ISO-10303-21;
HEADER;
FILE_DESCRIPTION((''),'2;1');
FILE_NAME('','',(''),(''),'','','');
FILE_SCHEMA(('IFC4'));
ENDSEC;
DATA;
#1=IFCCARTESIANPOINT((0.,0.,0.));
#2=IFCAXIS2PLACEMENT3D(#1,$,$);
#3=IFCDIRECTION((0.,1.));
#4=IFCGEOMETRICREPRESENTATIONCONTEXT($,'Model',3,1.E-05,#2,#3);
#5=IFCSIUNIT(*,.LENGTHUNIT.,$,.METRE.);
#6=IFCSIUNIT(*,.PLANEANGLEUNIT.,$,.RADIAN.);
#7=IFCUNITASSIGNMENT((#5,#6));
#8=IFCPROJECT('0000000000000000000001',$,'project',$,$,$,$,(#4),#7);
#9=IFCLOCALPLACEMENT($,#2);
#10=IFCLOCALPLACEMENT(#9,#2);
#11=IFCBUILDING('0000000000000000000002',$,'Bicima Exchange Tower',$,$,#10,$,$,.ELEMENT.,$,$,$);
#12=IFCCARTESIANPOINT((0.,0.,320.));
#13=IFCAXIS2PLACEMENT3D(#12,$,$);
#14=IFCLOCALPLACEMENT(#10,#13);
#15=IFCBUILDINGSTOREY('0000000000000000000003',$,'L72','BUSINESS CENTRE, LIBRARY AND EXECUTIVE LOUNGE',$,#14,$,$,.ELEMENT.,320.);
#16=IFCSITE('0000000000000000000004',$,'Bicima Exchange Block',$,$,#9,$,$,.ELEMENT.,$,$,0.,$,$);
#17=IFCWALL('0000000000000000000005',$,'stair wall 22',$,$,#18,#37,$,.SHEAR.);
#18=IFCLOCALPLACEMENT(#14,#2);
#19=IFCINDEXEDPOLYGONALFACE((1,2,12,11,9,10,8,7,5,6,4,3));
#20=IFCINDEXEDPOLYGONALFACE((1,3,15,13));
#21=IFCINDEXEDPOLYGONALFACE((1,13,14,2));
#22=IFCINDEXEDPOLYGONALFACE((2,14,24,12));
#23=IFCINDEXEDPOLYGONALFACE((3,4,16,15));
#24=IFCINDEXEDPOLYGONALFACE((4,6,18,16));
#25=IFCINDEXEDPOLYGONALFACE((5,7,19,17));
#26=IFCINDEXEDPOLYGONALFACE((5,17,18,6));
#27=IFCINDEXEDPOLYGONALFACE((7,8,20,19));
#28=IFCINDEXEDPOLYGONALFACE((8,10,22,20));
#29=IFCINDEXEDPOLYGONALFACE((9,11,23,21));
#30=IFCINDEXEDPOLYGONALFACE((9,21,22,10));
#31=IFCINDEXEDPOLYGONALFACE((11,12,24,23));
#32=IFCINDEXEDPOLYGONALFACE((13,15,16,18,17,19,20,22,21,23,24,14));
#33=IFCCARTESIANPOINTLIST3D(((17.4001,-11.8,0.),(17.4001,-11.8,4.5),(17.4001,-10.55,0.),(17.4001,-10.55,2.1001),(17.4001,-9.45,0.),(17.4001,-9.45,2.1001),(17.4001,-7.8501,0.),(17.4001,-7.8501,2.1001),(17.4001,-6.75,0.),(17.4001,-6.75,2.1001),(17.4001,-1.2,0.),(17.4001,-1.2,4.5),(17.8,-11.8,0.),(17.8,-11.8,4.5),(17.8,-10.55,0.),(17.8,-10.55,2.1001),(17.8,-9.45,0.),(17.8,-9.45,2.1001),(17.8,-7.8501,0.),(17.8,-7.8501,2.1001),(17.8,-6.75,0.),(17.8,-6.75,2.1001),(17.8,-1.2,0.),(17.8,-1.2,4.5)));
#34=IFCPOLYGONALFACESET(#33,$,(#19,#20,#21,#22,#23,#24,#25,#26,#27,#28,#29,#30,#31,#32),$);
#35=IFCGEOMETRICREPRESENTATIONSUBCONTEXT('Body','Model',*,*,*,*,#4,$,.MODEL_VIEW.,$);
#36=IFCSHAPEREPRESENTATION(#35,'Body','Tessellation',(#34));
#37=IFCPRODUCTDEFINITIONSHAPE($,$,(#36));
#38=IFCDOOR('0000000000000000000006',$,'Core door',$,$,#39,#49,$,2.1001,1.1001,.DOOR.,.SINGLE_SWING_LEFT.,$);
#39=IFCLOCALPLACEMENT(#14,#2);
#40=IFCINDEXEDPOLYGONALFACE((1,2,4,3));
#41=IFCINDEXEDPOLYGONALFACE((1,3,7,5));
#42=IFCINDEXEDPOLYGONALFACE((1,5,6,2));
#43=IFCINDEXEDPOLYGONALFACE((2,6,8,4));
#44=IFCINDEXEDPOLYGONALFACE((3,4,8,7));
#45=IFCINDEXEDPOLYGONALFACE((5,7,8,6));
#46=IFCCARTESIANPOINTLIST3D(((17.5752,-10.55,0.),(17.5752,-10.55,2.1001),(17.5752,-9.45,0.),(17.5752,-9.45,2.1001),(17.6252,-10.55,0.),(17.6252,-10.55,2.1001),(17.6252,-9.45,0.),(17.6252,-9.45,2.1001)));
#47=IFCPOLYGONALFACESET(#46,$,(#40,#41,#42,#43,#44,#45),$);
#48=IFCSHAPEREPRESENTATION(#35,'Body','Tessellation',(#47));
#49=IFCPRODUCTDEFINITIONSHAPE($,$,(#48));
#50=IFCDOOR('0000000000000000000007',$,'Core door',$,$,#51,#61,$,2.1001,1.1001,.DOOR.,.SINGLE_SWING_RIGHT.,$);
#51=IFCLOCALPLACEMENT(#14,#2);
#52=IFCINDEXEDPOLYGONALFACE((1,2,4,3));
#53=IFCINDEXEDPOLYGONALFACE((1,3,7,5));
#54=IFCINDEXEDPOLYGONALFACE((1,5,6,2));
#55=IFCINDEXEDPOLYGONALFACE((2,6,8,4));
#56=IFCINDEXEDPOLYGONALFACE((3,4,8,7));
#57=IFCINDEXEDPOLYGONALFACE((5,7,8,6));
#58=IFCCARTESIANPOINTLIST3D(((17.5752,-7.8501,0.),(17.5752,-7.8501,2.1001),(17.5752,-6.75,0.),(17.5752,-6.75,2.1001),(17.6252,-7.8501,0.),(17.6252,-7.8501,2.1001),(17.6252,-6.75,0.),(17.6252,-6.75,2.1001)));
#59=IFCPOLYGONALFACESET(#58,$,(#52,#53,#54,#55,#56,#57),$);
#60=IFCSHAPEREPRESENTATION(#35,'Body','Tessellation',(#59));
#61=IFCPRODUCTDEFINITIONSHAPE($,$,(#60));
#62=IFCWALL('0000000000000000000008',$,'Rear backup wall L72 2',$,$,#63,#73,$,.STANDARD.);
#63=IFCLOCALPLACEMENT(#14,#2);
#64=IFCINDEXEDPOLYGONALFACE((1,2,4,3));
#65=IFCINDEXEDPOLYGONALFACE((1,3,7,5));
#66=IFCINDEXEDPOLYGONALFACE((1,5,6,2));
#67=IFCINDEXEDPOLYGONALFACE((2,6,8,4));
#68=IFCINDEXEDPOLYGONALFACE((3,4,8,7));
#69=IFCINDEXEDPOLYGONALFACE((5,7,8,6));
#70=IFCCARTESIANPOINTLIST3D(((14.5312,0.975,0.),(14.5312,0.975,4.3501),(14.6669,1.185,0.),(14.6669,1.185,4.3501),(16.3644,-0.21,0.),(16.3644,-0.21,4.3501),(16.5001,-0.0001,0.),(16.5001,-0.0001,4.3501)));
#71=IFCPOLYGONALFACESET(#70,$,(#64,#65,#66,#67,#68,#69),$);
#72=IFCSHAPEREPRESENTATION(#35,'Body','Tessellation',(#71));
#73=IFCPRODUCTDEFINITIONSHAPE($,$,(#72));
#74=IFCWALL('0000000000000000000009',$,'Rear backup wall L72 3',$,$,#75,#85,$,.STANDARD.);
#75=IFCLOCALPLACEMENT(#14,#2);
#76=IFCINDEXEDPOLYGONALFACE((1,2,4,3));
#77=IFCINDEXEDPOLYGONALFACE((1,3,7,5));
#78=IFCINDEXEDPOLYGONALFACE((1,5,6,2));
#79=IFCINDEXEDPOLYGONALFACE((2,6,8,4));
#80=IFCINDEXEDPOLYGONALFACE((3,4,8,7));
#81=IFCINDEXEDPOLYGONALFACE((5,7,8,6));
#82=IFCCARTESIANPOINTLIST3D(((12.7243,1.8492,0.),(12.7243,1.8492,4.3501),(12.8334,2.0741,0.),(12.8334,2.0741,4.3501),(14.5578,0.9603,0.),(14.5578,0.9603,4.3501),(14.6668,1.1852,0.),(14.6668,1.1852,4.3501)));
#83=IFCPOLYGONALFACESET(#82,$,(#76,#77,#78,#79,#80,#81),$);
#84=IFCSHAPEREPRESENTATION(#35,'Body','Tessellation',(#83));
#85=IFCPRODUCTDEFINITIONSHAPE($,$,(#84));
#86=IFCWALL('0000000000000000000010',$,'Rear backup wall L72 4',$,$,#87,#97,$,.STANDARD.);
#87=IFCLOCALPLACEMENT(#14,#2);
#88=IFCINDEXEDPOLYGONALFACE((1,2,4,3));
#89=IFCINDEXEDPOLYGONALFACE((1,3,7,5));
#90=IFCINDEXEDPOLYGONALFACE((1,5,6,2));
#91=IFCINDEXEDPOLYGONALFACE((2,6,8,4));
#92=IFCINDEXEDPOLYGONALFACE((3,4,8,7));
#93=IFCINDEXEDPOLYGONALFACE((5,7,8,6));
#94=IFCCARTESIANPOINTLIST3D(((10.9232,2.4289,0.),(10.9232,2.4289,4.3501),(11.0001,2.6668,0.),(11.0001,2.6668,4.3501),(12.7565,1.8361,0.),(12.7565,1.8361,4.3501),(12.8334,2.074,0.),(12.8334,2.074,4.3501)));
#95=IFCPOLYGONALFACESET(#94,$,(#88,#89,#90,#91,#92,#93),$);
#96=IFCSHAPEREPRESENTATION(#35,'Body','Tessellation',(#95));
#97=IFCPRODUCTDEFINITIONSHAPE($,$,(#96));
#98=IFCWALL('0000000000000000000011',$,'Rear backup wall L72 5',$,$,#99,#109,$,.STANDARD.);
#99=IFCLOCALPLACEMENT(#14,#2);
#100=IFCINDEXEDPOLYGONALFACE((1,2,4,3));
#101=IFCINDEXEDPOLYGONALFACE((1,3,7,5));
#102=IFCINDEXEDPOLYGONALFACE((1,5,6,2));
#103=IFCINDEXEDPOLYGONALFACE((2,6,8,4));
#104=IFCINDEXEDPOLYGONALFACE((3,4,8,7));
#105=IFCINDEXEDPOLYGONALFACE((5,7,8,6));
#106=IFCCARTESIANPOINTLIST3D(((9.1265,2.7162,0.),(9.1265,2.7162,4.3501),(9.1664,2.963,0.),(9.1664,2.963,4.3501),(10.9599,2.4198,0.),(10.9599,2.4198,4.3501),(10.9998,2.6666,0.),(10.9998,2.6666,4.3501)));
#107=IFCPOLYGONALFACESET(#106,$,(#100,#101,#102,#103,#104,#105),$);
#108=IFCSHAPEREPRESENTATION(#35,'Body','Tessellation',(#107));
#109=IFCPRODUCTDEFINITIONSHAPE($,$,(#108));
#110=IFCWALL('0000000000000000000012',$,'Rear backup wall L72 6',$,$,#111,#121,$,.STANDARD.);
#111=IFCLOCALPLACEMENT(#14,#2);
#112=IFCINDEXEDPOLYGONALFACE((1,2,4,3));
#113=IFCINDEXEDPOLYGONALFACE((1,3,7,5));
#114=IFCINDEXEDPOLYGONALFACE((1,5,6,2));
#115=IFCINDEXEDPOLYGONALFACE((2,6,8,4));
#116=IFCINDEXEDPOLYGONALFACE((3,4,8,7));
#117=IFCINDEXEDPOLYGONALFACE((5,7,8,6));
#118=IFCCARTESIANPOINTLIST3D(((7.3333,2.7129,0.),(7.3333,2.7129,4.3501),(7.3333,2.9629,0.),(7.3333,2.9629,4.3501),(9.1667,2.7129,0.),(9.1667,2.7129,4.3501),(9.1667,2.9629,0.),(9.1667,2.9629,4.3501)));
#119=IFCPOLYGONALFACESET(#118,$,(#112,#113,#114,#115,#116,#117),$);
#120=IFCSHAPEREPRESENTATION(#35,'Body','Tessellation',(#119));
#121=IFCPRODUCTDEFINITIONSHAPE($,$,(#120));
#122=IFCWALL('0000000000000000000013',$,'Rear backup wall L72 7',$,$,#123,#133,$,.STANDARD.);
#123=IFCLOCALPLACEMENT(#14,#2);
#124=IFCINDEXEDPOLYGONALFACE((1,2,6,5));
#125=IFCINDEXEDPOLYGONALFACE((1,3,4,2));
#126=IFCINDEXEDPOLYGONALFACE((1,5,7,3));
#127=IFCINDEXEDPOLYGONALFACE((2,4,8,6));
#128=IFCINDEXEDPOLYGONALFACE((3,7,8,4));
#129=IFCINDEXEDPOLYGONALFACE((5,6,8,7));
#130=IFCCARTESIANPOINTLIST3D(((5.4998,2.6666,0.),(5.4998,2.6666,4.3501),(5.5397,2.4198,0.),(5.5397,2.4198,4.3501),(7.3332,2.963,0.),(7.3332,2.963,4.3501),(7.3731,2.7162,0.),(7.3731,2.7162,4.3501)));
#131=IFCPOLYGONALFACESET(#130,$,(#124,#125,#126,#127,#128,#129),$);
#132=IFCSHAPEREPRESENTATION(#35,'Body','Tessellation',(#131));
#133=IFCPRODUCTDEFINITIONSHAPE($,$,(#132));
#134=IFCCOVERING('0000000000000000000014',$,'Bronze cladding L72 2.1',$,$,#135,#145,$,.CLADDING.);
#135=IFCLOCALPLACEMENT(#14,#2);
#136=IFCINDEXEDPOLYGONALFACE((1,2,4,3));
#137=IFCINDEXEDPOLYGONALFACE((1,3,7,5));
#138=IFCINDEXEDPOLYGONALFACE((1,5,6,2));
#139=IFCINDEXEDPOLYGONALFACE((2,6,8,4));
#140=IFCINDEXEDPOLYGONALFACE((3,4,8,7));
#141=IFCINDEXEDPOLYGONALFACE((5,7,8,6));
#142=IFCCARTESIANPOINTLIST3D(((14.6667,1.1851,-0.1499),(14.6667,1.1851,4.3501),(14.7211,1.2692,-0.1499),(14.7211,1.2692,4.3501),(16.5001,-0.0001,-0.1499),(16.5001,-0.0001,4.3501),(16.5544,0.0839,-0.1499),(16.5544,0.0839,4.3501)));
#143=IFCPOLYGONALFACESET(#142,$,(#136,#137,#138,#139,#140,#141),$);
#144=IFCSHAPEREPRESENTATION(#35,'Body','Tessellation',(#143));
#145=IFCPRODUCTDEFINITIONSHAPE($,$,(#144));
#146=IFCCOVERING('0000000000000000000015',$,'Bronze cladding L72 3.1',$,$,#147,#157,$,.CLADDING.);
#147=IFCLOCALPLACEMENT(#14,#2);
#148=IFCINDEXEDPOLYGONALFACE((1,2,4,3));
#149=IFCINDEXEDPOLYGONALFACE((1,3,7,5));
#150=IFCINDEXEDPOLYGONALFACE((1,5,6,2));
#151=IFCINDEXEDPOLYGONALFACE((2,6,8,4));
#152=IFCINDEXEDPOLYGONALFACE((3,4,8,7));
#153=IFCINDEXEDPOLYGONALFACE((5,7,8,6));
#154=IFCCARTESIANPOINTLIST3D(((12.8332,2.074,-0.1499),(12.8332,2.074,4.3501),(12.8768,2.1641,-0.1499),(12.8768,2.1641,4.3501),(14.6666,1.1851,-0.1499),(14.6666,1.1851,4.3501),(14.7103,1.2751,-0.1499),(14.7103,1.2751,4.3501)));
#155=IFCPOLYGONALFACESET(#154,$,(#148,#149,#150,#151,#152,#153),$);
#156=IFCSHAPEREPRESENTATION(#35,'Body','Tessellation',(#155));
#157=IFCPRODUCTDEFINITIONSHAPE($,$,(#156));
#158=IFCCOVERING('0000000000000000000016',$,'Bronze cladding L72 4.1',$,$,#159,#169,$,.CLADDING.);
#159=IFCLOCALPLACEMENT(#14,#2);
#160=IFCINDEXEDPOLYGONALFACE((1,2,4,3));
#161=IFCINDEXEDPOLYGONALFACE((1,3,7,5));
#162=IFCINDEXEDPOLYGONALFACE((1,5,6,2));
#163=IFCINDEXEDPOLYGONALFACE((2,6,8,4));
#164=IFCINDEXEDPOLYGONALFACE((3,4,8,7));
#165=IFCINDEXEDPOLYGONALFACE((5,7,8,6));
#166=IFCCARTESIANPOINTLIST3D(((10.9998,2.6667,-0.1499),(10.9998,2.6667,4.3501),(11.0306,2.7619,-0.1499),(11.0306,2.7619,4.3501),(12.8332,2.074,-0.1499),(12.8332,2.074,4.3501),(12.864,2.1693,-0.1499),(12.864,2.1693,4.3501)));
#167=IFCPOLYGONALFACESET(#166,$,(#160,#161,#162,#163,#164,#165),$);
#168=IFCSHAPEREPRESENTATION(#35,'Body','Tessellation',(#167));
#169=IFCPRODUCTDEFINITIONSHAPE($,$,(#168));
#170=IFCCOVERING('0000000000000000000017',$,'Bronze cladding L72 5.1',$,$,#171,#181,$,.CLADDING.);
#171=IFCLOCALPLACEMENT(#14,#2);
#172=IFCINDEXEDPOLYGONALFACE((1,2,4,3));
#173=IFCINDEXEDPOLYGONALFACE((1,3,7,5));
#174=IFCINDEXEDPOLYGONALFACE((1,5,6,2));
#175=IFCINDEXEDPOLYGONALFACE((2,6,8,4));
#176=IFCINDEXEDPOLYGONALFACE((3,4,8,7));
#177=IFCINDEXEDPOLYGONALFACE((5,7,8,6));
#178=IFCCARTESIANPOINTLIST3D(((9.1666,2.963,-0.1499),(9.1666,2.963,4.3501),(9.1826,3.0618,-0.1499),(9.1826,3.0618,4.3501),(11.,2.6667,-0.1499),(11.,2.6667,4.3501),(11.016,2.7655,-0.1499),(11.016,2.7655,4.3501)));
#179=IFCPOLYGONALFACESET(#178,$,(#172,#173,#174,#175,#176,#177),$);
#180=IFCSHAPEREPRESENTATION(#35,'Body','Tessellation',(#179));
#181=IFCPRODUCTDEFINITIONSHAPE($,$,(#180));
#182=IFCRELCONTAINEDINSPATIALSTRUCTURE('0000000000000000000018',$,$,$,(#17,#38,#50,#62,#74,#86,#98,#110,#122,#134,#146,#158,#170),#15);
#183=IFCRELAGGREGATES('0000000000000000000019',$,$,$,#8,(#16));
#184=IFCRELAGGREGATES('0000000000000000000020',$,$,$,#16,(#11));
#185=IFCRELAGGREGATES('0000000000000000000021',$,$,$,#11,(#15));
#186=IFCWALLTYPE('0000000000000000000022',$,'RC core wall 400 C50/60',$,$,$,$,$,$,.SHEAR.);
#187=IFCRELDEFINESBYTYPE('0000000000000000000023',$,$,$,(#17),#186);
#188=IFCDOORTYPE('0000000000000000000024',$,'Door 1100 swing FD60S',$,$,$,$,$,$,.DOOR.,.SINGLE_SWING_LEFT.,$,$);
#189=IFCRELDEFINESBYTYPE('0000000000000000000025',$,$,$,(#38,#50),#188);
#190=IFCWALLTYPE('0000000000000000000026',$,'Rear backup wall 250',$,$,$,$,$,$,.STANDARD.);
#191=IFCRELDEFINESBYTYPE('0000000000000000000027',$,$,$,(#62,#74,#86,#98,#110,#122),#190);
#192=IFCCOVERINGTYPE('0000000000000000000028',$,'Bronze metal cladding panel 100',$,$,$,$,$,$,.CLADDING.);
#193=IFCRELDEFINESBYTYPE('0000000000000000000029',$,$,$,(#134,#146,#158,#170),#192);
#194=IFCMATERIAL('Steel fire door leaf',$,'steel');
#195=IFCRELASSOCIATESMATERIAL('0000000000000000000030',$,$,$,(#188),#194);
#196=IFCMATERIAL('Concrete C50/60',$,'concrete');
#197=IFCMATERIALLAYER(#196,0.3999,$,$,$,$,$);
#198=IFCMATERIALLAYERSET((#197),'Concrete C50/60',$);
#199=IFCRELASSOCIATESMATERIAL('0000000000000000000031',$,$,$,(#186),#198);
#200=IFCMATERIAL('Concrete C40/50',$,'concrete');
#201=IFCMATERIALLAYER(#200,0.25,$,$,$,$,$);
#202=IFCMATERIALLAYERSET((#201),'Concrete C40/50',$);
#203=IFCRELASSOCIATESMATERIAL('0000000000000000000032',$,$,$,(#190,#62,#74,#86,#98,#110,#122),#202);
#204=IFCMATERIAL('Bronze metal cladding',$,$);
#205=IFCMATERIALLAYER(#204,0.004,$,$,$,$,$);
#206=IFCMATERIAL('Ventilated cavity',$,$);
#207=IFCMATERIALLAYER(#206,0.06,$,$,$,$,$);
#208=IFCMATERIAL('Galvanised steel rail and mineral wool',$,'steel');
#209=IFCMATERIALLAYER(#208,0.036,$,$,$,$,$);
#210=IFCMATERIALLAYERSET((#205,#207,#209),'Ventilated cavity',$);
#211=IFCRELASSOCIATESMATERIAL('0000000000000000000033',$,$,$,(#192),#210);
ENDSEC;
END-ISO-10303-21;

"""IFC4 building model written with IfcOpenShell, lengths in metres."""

from ifc_helpers import new_model, si_unit, direction, frame, frame_2d, origin, origin_2d, place, context, subcontext, project, spatial, rectangle, extrude, material, layer, layer_set, layer_usage, type_object, element, fill, save


model = new_model("IFC4")

# Units and contexts
model_context = context("Model", 3, precision=1e-05, world=origin(), true_north=direction((0.0, 1.0)))
body_context = subcontext(model_context, "Body", "Model", "MODEL_VIEW")
ifc_project = project(units=[si_unit("LENGTHUNIT", "METRE"), si_unit("PLANEANGLEUNIT", "RADIAN")], contexts=[model_context])

# Site, building, storey
site_placement = place(None, origin())
site = spatial("IfcSite", under=ifc_project, at=site_placement, Name="Bicima Exchange Block", CompositionType="ELEMENT", RefElevation=0.0)
building_placement = place(site_placement, origin())
building = spatial("IfcBuilding", under=site, at=building_placement, Name="Bicima Exchange Tower", CompositionType="ELEMENT")
storey_placement = place(building_placement, frame((0.0, 0.0, 320.0)))
storey = spatial("IfcBuildingStorey", under=building, at=storey_placement, Name="L72", Description="BUSINESS CENTRE, LIBRARY AND EXECUTIVE LOUNGE", CompositionType="ELEMENT", Elevation=320.0)

# Shared definitions
ifc_material_1 = material(Name="Concrete C40/50", Category="concrete")
ifc_material_2 = material(Name="Steel fire door leaf", Category="steel")
door_type_1 = type_object("IfcDoorType", Name="Door 1100 swing FD60S", OperationType="SINGLE_SWING_LEFT", PredefinedType="DOOR", material=ifc_material_2)
ifc_material_3 = material(Name="Concrete C50/60", Category="concrete")
ifc_layer_1 = layer(ifc_material_3, 0.3999)
ifc_layer_set_1 = layer_set([ifc_layer_1], Name="Concrete C50/60")
wall_type_1 = type_object("IfcWallType", Name="RC core wall 400 C50/60", PredefinedType="SHEAR", material=ifc_layer_set_1)

# Wall, openings, doors
wall_1_placement = place(storey_placement, frame((17.6001, -11.8, 0.0), z_axis=(0.0, 0.0, 1.0), x_axis=(0.0, 1.0, 0.0)))
wall_1 = element("IfcWall", 1, at=wall_1_placement, inside=storey, type_object=wall_type_1, Name="stair wall 22", PredefinedType="SHEAR", context=body_context, shape_type="SweptSolid", body=[
    extrude(rectangle(XDim=10.6001, YDim=0.3999, at=frame_2d((5.3, 0.0))), origin(), (0.0, 0.0, 1.0), 4.5),
])
opening_1_placement = place(wall_1_placement, frame((1.25, 0.0, 0.0)))
opening_1 = element("IfcOpeningElement", 2, at=opening_1_placement, cuts=wall_1, PredefinedType="OPENING", context=body_context, shape_type="SweptSolid", body=[
    extrude(rectangle(XDim=1.1001, YDim=2.1001, at=frame_2d((0.55, 1.05))), frame((0.0, 0.2119, 0.0), z_axis=(0.0, -1.0, 0.0), x_axis=(1.0, 0.0, 0.0)), (0.0, 0.0, 1.0), 0.4238),
])
opening_2_placement = place(wall_1_placement, frame((3.95, 0.0, 0.0)))
opening_2 = element("IfcOpeningElement", 3, at=opening_2_placement, cuts=wall_1, PredefinedType="OPENING", context=body_context, shape_type="SweptSolid", body=[
    extrude(rectangle(XDim=1.1001, YDim=2.1001, at=frame_2d((0.55, 1.05))), frame((0.0, 0.2119, 0.0), z_axis=(0.0, -1.0, 0.0), x_axis=(1.0, 0.0, 0.0)), (0.0, 0.0, 1.0), 0.4238),
])
door_1_placement = place(opening_1_placement, origin())
door_1 = element("IfcDoor", 4, at=door_1_placement, inside=storey, type_object=door_type_1, Name="Core door", OperationType="SINGLE_SWING_LEFT", OverallHeight=2.1001, OverallWidth=1.1001, PredefinedType="DOOR", context=body_context, shape_type="SweptSolid", body=[
    extrude(rectangle(XDim=1.1001, YDim=2.1001, at=frame_2d((0.55, 1.05))), frame((0.0, 0.0249, 0.0), z_axis=(0.0, -1.0, 0.0), x_axis=(1.0, 0.0, 0.0)), (0.0, 0.0, 1.0), 0.05),
])
fill(opening_1, door_1)
door_2_placement = place(opening_2_placement, origin())
door_2 = element("IfcDoor", 5, at=door_2_placement, inside=storey, type_object=door_type_1, Name="Core door", OperationType="SINGLE_SWING_RIGHT", OverallHeight=2.1001, OverallWidth=1.1001, PredefinedType="DOOR", context=body_context, shape_type="SweptSolid", body=[
    extrude(rectangle(XDim=1.1001, YDim=2.1001, at=frame_2d((0.55, 1.05))), frame((0.0, 0.0249, 0.0), z_axis=(0.0, -1.0, 0.0), x_axis=(1.0, 0.0, 0.0)), (0.0, 0.0, 1.0), 0.05),
])
fill(opening_2, door_2)

# Walls
ifc_layer_2 = layer(ifc_material_1, 0.25)
ifc_layer_set_2 = layer_set([ifc_layer_2], Name="Concrete C40/50")
ifc_layer_usage = layer_usage(ifc_layer_set_2, "AXIS2", "POSITIVE", -0.125)
wall_type_2 = type_object("IfcWallType", Name="Rear backup wall 250", PredefinedType="STANDARD", material=ifc_layer_set_2)
wall_2_placement = place(storey_placement, frame((16.4321, -0.105, 0.0), z_axis=(0.0, 0.0, 1.0), x_axis=(-0.839813, 0.542876, 0.0)))
element("IfcWall", 6, at=wall_2_placement, inside=storey, type_object=wall_type_2, material=ifc_layer_usage, Name="Rear backup wall L72 2", PredefinedType="STANDARD", context=body_context, shape_type="SweptSolid", body=[
    extrude(rectangle(XDim=2.1829, YDim=0.25, at=frame_2d((1.0913, 0.0))), origin(), (0.0, 0.0, 1.0), 4.3501),
])
wall_3_placement = place(storey_placement, frame((14.6123, 1.0728, 0.0), z_axis=(0.0, 0.0, 1.0), x_axis=(-0.899824, 0.436253, 0.0)))
element("IfcWall", 7, at=wall_3_placement, inside=storey, type_object=wall_type_2, material=ifc_layer_usage, Name="Rear backup wall L72 3", PredefinedType="STANDARD", context=body_context, shape_type="SweptSolid", body=[
    extrude(rectangle(XDim=2.0376, YDim=0.25, at=frame_2d((1.0188, 0.0))), origin(), (0.0, 0.0, 1.0), 4.3501),
])
wall_4_placement = place(storey_placement, frame((12.7949, 1.9551, 0.0), z_axis=(0.0, 0.0, 1.0), x_axis=(-0.951496, 0.307662, 0.0)))
element("IfcWall", 8, at=wall_4_placement, inside=storey, type_object=wall_type_2, material=ifc_layer_usage, Name="Rear backup wall L72 4", PredefinedType="STANDARD", context=body_context, shape_type="SweptSolid", body=[
    extrude(rectangle(XDim=1.9268, YDim=0.25, at=frame_2d((0.9634, 0.0))), origin(), (0.0, 0.0, 1.0), 4.3501),
])
wall_5_placement = place(storey_placement, frame((10.98, 2.5432, 0.0), z_axis=(0.0, 0.0, 1.0), x_axis=(-0.987182, 0.1596, 0.0)))
element("IfcWall", 9, at=wall_5_placement, inside=storey, type_object=wall_type_2, material=ifc_layer_usage, Name="Rear backup wall L72 5", PredefinedType="STANDARD", context=body_context, shape_type="SweptSolid", body=[
    extrude(rectangle(XDim=1.8572, YDim=0.25, at=frame_2d((0.9287, 0.0))), origin(), (0.0, 0.0, 1.0), 4.3501),
])
wall_6_placement = place(storey_placement, frame((9.1667, 2.8379, 0.0), z_axis=(0.0, 0.0, 1.0), x_axis=(-1.0, 0.0, 0.0)))
element("IfcWall", 10, at=wall_6_placement, inside=storey, type_object=wall_type_2, material=ifc_layer_usage, Name="Rear backup wall L72 6", PredefinedType="STANDARD", context=body_context, shape_type="SweptSolid", body=[
    extrude(rectangle(XDim=1.8335, YDim=0.25, at=frame_2d((0.9167, 0.0))), origin(), (0.0, 0.0, 1.0), 4.3501),
])
wall_7_placement = place(storey_placement, frame((7.3533, 2.8396, 0.0), z_axis=(0.0, 0.0, 1.0), x_axis=(-0.987182, -0.1596, 0.0)))
element("IfcWall", 11, at=wall_7_placement, inside=storey, type_object=wall_type_2, material=ifc_layer_usage, Name="Rear backup wall L72 7", PredefinedType="STANDARD", context=body_context, shape_type="SweptSolid", body=[
    extrude(rectangle(XDim=1.8572, YDim=0.25, at=frame_2d((0.9287, 0.0))), origin(), (0.0, 0.0, 1.0), 4.3501),
])

# Coverings
ifc_material_4 = material(Name="Bronze metal cladding")
ifc_layer_3 = layer(ifc_material_4, 0.004)
ifc_material_5 = material(Name="Ventilated cavity")
ifc_layer_4 = layer(ifc_material_5, 0.06)
ifc_material_6 = material(Name="Galvanised steel rail and mineral wool", Category="steel")
ifc_layer_5 = layer(ifc_material_6, 0.036)
ifc_layer_set_3 = layer_set([ifc_layer_3, ifc_layer_4, ifc_layer_5], Name="Ventilated cavity")
covering_type = type_object("IfcCoveringType", Name="Bronze metal cladding panel 100", PredefinedType="CLADDING", material=ifc_layer_set_3)
covering_1_placement = place(storey_placement, frame((15.6106, 0.6345, -0.1499), z_axis=(0.0, 0.0, 1.0), x_axis=(-0.83979, 0.542911, 0.0)))
element("IfcCovering", 12, at=covering_1_placement, inside=storey, type_object=covering_type, Name="Bronze cladding L72 2.1", PredefinedType="CLADDING", context=body_context, shape_type="SweptSolid", body=[
    extrude(rectangle(XDim=2.1831, YDim=0.1001, at=origin_2d()), origin(), (0.0, 0.0, 1.0), 4.5),
])
covering_2_placement = place(storey_placement, frame((13.7717, 1.6746, -0.1499), z_axis=(0.0, 0.0, 1.0), x_axis=(-0.899818, 0.436265, 0.0)))
element("IfcCovering", 13, at=covering_2_placement, inside=storey, type_object=covering_type, Name="Bronze cladding L72 3.1", PredefinedType="CLADDING", context=body_context, shape_type="SweptSolid", body=[
    extrude(rectangle(XDim=2.0376, YDim=0.1001, at=origin_2d()), origin(), (0.0, 0.0, 1.0), 4.5),
])
covering_3_placement = place(storey_placement, frame((11.9319, 2.418, -0.1499), z_axis=(0.0, 0.0, 1.0), x_axis=(-0.951525, 0.307573, 0.0)))
element("IfcCovering", 14, at=covering_3_placement, inside=storey, type_object=covering_type, Name="Bronze cladding L72 4.1", PredefinedType="CLADDING", context=body_context, shape_type="SweptSolid", body=[
    extrude(rectangle(XDim=1.9268, YDim=0.1001, at=origin_2d()), origin(), (0.0, 0.0, 1.0), 4.5),
])
covering_4_placement = place(storey_placement, frame((10.0913, 2.8643, -0.1499), z_axis=(0.0, 0.0, 1.0), x_axis=(-0.98719, 0.15955, 0.0)))
element("IfcCovering", 15, at=covering_4_placement, inside=storey, type_object=covering_type, Name="Bronze cladding L72 5.1", PredefinedType="CLADDING", context=body_context, shape_type="SweptSolid", body=[
    extrude(rectangle(XDim=1.8572, YDim=0.1001, at=origin_2d()), origin(), (0.0, 0.0, 1.0), 4.5),
])

save(model, "model.ifc")
